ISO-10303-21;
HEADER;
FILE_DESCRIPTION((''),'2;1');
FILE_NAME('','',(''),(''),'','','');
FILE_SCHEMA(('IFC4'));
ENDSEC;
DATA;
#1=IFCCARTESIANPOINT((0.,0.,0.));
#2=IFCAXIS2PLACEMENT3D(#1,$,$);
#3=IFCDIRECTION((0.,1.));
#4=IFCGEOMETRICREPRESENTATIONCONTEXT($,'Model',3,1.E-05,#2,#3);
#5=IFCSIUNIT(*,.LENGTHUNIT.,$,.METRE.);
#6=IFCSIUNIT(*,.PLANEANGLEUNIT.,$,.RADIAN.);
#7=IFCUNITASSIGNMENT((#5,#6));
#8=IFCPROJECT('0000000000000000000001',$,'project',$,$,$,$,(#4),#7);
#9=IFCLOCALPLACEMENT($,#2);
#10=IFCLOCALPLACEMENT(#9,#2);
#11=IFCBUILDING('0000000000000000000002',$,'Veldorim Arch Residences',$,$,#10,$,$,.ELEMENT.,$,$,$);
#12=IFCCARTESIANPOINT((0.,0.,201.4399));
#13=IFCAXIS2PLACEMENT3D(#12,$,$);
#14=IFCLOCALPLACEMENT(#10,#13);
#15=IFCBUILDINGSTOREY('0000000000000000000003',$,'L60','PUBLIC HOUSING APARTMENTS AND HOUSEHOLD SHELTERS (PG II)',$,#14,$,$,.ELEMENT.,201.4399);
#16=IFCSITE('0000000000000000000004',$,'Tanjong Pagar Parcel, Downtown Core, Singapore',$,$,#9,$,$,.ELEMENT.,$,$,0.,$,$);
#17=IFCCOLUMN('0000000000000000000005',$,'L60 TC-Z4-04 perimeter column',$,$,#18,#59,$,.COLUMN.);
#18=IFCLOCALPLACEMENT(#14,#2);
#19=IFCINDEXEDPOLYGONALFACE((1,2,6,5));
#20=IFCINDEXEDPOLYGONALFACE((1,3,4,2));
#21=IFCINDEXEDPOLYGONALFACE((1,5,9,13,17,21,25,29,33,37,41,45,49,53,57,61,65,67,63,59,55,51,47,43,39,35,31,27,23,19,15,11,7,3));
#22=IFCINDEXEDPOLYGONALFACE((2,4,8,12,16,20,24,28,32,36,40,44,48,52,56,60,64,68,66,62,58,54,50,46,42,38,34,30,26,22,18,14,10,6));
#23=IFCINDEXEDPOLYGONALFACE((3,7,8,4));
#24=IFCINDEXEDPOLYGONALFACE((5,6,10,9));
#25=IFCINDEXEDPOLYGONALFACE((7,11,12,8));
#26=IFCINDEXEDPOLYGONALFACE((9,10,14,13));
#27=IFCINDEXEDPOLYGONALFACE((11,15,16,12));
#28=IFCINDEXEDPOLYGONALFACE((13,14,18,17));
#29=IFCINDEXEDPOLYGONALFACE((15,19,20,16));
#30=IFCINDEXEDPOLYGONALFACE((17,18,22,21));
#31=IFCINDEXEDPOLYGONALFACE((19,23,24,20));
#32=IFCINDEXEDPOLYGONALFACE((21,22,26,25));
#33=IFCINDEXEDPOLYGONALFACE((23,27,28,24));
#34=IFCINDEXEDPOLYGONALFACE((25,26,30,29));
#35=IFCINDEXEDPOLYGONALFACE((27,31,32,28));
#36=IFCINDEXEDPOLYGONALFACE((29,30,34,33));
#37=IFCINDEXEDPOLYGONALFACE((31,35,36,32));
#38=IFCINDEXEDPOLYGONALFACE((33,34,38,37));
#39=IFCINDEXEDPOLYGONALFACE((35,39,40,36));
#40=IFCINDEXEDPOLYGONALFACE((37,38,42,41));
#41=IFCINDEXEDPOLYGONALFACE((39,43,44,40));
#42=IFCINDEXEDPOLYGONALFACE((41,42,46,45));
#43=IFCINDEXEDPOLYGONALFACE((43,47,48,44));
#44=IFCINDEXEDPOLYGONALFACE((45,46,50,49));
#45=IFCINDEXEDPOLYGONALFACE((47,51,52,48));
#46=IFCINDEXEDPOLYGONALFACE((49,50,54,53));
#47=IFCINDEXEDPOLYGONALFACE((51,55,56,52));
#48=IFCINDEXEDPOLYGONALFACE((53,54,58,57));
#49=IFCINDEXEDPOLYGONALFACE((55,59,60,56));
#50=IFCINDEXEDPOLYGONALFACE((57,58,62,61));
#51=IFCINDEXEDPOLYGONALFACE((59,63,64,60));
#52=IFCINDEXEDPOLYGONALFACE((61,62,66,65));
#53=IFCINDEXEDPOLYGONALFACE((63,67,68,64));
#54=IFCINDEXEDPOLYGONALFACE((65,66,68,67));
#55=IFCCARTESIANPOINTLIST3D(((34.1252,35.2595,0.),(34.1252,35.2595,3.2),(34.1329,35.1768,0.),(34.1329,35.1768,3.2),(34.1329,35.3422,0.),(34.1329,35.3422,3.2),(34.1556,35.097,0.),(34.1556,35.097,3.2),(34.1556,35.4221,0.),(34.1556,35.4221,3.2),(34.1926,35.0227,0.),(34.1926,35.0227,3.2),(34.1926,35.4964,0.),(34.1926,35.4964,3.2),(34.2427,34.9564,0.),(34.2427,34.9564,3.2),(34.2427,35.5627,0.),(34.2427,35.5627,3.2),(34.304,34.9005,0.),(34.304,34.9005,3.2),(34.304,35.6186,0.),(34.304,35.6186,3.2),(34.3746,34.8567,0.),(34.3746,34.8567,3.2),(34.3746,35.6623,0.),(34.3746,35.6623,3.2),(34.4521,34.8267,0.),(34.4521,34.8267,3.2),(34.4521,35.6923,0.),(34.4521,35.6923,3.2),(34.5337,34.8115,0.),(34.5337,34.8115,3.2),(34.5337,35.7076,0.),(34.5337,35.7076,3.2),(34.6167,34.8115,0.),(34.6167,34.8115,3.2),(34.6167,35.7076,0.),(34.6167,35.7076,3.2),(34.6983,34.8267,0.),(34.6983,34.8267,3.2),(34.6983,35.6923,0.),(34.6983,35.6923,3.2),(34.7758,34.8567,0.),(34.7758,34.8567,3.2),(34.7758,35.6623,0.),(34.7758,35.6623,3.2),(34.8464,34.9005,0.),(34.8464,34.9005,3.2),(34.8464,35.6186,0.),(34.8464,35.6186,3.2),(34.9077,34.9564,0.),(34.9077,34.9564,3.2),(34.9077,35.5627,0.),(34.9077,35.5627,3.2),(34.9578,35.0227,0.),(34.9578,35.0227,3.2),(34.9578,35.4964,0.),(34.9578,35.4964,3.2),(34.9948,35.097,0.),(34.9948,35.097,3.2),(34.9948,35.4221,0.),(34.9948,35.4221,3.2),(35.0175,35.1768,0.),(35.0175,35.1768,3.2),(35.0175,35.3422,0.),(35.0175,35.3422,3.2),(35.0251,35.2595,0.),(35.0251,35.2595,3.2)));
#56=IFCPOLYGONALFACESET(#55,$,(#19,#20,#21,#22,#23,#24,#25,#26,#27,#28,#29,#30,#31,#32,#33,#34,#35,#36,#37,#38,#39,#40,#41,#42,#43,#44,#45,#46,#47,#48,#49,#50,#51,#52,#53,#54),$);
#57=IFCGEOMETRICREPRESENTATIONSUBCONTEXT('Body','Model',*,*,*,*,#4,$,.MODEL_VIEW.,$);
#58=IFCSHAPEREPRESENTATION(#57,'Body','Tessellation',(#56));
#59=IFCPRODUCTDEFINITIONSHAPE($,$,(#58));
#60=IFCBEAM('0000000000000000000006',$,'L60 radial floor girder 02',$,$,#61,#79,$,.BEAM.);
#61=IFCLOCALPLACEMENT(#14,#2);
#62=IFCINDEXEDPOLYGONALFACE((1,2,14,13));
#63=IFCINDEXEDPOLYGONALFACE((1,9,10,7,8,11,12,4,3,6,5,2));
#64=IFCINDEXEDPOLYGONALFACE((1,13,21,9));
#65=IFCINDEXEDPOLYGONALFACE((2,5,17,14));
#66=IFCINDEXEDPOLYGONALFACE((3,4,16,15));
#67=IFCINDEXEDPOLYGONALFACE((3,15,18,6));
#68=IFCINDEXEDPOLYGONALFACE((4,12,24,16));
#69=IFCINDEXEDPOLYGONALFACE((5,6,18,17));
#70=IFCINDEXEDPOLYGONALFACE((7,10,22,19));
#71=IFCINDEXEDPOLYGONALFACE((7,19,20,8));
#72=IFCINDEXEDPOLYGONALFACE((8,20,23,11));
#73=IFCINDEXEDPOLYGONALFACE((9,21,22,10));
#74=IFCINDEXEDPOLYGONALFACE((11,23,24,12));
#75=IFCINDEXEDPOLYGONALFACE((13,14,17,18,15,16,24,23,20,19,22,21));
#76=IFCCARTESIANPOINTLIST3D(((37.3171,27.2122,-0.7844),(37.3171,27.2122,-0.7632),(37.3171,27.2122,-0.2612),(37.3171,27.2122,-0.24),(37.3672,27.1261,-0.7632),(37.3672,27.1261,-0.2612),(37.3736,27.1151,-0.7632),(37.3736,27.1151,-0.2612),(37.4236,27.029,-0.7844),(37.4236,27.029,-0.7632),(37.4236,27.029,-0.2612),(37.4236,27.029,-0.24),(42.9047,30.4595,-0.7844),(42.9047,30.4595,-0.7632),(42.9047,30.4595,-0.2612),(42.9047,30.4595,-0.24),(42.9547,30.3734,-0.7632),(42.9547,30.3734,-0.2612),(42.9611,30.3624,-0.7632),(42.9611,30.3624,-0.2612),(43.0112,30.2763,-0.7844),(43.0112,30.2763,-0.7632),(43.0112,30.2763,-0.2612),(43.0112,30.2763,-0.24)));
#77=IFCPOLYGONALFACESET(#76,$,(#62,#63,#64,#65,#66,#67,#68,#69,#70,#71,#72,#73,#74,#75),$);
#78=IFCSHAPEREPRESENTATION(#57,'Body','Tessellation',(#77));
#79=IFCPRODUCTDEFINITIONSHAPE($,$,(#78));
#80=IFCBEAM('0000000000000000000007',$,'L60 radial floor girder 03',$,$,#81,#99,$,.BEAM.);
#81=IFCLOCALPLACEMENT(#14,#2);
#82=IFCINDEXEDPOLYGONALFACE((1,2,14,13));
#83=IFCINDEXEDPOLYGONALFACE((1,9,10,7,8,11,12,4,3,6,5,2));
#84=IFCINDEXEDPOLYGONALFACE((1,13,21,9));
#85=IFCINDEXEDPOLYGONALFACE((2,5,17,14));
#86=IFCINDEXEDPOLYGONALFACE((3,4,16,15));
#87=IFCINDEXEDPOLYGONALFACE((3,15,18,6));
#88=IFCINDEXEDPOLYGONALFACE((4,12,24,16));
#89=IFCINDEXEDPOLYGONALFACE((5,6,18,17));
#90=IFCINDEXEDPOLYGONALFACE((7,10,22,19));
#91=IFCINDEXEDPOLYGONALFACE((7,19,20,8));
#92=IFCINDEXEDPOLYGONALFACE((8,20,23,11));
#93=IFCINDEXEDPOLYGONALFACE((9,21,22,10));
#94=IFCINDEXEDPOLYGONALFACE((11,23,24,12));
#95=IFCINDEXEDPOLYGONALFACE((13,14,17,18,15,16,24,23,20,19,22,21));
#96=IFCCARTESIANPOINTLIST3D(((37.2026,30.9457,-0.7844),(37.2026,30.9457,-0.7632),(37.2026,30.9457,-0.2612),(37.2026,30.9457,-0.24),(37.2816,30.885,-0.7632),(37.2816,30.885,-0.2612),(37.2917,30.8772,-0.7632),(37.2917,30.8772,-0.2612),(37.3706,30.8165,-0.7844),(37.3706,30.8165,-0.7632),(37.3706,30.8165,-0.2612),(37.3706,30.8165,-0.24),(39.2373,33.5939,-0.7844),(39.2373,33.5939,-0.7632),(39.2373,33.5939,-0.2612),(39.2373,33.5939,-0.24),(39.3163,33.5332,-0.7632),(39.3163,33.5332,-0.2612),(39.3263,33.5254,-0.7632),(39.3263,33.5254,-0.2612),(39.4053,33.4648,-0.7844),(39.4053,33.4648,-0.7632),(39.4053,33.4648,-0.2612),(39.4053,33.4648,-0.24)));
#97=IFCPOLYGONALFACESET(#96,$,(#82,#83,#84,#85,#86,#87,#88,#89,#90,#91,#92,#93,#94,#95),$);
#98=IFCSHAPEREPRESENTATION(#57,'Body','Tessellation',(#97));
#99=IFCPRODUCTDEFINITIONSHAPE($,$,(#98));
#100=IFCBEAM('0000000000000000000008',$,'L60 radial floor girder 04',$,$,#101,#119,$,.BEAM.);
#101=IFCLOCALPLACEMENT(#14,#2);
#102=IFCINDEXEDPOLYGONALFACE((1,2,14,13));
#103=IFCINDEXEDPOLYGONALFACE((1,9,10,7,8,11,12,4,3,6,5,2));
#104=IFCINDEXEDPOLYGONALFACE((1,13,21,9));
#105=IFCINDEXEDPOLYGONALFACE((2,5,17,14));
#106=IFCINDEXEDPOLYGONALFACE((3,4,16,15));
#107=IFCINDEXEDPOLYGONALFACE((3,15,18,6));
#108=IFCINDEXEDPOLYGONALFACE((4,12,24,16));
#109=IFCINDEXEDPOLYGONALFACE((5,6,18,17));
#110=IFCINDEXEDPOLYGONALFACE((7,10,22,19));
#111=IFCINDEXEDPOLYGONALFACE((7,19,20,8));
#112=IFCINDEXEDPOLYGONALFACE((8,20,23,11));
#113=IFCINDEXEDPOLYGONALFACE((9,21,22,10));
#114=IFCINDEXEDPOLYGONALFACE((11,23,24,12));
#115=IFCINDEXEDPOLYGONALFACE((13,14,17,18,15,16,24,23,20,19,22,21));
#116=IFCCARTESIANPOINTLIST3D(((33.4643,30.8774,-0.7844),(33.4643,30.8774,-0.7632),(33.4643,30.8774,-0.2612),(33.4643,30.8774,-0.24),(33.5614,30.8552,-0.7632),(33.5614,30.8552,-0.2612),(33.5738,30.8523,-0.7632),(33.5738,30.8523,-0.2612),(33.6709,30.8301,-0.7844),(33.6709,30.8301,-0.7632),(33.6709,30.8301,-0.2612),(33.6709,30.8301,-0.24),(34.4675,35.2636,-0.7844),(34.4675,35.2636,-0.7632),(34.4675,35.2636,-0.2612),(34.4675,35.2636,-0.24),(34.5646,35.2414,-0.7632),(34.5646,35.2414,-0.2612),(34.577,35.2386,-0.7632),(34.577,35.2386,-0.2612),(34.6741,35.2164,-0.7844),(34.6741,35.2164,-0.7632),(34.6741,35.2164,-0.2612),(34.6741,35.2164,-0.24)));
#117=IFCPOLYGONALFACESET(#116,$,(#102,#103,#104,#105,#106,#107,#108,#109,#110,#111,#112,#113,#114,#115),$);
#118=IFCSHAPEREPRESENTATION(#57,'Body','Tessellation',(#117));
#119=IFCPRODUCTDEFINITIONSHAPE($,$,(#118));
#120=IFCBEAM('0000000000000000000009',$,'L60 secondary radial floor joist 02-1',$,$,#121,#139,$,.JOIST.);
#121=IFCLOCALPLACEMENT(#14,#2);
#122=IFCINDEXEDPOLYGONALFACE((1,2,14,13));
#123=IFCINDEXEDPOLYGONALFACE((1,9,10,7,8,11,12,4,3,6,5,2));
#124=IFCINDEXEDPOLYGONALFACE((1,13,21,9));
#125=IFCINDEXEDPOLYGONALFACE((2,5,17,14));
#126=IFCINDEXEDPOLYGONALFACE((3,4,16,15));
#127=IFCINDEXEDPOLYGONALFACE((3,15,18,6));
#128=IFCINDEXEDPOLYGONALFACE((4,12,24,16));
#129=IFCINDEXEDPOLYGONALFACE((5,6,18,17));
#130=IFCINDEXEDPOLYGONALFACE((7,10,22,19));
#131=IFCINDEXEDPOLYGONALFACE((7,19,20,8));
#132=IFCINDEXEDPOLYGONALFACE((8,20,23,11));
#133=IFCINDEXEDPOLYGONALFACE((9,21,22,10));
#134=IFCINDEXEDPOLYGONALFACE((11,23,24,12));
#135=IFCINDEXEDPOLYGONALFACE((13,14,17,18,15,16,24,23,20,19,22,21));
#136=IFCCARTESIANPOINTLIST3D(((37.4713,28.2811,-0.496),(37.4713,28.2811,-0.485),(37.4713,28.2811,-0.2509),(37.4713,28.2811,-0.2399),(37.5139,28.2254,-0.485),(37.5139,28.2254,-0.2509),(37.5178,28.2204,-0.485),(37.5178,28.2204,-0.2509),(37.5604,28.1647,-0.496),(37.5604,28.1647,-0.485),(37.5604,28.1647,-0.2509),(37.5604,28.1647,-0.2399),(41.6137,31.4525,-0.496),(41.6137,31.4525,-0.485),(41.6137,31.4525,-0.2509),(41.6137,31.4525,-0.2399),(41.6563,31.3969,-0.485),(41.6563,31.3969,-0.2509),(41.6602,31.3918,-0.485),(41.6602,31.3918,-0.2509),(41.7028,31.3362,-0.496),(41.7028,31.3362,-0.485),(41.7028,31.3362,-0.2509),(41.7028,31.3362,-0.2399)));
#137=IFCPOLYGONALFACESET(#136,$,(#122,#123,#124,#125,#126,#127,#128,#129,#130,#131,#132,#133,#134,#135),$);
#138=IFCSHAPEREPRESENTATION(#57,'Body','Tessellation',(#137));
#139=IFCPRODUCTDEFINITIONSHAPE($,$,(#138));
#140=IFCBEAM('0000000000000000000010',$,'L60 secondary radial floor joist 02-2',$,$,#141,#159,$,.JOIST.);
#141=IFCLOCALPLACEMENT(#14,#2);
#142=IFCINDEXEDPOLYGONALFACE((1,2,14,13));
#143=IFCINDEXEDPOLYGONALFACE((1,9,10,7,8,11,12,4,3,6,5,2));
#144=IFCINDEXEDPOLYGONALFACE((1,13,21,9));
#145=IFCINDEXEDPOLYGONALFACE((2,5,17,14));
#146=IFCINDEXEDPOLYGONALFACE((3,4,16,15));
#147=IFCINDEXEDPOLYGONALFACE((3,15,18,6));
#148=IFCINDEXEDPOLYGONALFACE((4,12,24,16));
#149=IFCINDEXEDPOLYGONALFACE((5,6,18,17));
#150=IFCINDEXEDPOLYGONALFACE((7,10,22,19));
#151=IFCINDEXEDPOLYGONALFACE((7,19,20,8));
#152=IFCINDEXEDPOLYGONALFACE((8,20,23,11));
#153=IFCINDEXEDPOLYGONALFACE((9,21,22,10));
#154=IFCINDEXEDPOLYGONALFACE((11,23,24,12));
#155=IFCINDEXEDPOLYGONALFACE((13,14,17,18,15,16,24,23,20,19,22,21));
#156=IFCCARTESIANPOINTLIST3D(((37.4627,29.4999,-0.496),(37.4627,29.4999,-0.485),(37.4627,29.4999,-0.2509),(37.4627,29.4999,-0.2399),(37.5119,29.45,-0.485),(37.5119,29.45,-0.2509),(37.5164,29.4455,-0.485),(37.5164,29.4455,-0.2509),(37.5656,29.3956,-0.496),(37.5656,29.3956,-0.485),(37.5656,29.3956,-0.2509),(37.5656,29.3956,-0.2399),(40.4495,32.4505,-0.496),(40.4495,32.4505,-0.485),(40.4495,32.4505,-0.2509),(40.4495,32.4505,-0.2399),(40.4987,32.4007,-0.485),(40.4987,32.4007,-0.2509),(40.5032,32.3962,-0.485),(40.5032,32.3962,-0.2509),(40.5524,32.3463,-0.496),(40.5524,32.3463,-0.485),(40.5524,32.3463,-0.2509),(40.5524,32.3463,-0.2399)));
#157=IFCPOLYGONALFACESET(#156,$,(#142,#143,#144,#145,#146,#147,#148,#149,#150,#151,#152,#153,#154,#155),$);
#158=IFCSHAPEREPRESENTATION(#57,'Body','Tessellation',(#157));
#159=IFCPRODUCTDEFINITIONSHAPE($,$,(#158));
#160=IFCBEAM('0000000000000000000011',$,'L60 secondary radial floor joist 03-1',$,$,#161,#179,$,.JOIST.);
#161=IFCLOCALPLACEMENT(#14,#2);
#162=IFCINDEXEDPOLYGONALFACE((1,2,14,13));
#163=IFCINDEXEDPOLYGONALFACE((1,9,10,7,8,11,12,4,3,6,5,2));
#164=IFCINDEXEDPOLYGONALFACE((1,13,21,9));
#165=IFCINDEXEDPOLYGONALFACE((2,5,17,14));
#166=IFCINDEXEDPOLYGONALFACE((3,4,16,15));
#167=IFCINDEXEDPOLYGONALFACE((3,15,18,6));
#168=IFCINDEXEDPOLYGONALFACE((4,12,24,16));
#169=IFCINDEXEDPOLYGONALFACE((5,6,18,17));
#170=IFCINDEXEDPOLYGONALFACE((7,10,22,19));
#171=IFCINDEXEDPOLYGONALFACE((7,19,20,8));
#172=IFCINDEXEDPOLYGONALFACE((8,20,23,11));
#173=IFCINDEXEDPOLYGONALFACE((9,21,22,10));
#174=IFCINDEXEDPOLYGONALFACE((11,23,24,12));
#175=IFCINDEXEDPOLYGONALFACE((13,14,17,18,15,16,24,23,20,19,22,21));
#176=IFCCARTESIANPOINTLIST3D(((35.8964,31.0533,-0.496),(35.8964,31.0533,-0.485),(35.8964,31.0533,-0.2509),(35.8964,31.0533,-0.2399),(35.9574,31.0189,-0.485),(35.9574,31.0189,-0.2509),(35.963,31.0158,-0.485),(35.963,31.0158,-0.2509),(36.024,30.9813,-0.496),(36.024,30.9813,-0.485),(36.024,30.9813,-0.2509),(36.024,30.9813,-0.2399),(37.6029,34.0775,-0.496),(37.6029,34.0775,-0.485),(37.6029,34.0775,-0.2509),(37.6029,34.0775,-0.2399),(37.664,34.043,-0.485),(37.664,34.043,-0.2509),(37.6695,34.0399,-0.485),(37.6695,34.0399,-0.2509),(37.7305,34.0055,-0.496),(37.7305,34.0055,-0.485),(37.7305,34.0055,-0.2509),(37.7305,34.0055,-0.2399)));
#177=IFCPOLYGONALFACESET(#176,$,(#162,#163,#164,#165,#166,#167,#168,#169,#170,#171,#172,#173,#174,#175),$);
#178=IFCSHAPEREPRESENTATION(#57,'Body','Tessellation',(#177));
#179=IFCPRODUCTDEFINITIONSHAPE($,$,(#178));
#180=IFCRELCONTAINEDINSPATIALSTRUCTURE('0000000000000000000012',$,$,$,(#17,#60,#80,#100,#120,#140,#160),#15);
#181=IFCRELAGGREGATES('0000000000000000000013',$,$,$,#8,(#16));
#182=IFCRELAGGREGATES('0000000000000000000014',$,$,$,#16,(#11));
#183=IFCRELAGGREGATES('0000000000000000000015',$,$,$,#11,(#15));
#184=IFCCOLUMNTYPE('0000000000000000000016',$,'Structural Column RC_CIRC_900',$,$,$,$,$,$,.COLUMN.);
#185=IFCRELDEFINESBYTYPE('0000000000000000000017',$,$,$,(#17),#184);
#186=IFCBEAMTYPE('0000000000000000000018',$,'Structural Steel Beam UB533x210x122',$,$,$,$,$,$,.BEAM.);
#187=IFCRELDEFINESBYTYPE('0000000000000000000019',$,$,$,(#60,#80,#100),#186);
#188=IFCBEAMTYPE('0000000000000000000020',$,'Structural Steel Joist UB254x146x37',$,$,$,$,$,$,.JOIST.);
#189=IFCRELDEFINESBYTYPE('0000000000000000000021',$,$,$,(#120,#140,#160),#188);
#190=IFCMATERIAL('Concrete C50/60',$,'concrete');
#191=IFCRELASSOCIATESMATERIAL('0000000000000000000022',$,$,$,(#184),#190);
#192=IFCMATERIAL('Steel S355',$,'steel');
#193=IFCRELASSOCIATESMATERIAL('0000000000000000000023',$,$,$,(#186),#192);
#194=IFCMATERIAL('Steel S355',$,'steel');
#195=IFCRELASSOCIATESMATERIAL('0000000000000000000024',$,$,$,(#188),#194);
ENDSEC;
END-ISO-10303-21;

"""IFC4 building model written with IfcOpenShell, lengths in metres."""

from ifc_helpers import new_model, si_unit, direction, frame, origin, origin_2d, place, context, subcontext, project, spatial, circle, i_section, extrude, material, material_profile, profile_set, type_object, element, save


model = new_model("IFC4")

# Units and contexts
model_context = context("Model", 3, precision=1e-05, world=origin(), true_north=direction((0.0, 1.0)))
body_context = subcontext(model_context, "Body", "Model", "MODEL_VIEW")
ifc_project = project(units=[si_unit("LENGTHUNIT", "METRE"), si_unit("PLANEANGLEUNIT", "RADIAN")], contexts=[model_context])

# Site, building, storey
site_placement = place(None, origin())
site = spatial("IfcSite", under=ifc_project, at=site_placement, Name="Tanjong Pagar Parcel, Downtown Core, Singapore", CompositionType="ELEMENT", RefElevation=0.0)
building_placement = place(site_placement, origin())
building = spatial("IfcBuilding", under=site, at=building_placement, Name="Veldorim Arch Residences", CompositionType="ELEMENT")
storey_placement = place(building_placement, frame((0.0, 0.0, 201.4399)))
storey = spatial("IfcBuildingStorey", under=building, at=storey_placement, Name="L60", Description="PUBLIC HOUSING APARTMENTS AND HOUSEHOLD SHELTERS (PG II)", CompositionType="ELEMENT", Elevation=201.4399)

# Column
ifc_material_1 = material(Name="Concrete C50/60", Category="concrete")
ifc_material_profile_1 = material_profile(ifc_material_1, circle(Radius=0.45, at=origin_2d()), Name="RC_CIRC_900")
ifc_profile_set_1 = profile_set([ifc_material_profile_1], Name="Concrete C50/60")
column_type = type_object("IfcColumnType", Name="Structural Column RC_CIRC_900", PredefinedType="COLUMN", material=ifc_profile_set_1)
column_placement = place(storey_placement, frame((34.5752, 35.2595, 0.0), z_axis=(0.0, 0.0, 1.0), x_axis=(1.0, 0.0, 0.0)))
element("IfcColumn", 1, at=column_placement, inside=storey, type_object=column_type, Name="L60 TC-Z4-04 perimeter column", PredefinedType="COLUMN", context=body_context, shape_type="SweptSolid", body=[
    extrude(circle(Radius=0.45, at=origin_2d()), origin(), (0.0, 0.0, 1.0), 3.2),
])

# Beams
ifc_material_2 = material(Name="Steel S355", Category="steel")
ifc_material_profile_2 = material_profile(ifc_material_2, i_section(OverallWidth=0.2119, OverallDepth=0.5444, WebThickness=0.0127, FlangeThickness=0.0212, at=origin_2d()), Name="UB533x210x122")
ifc_profile_set_2 = profile_set([ifc_material_profile_2], Name="Steel S355")
beam_type_1 = type_object("IfcBeamType", Name="Structural Steel Beam UB533x210x122", PredefinedType="BEAM", material=ifc_profile_set_2)
beam_1_placement = place(storey_placement, frame((37.3704, 27.1206, -0.5122), z_axis=(0.864596, 0.502468, 0.0), x_axis=(-0.502468, 0.864596, 0.0)))
element("IfcBeam", 2, at=beam_1_placement, inside=storey, type_object=beam_type_1, Name="L60 radial floor girder 02", PredefinedType="BEAM", context=body_context, shape_type="SweptSolid", body=[
    extrude(i_section(OverallWidth=0.2119, OverallDepth=0.5444, WebThickness=0.0127, FlangeThickness=0.0212, at=origin_2d()), origin(), (0.0, 0.0, 1.0), 6.4626),
])
beam_2_placement = place(storey_placement, frame((37.2866, 30.8811, -0.5122), z_axis=(0.609258, 0.792972, 0.0), x_axis=(-0.792972, 0.609258, 0.0)))
element("IfcBeam", 3, at=beam_2_placement, inside=storey, type_object=beam_type_1, Name="L60 radial floor girder 03", PredefinedType="BEAM", context=body_context, shape_type="SweptSolid", body=[
    extrude(i_section(OverallWidth=0.2119, OverallDepth=0.5444, WebThickness=0.0127, FlangeThickness=0.0212, at=origin_2d()), origin(), (0.0, 0.0, 1.0), 3.3396),
])
beam_3_placement = place(storey_placement, frame((33.5676, 30.8538, -0.5122), z_axis=(0.222953, 0.974829, 0.0), x_axis=(-0.974829, 0.222953, 0.0)))
element("IfcBeam", 4, at=beam_3_placement, inside=storey, type_object=beam_type_1, Name="L60 radial floor girder 04", PredefinedType="BEAM", context=body_context, shape_type="SweptSolid", body=[
    extrude(i_section(OverallWidth=0.2119, OverallDepth=0.5444, WebThickness=0.0127, FlangeThickness=0.0212, at=origin_2d()), origin(), (0.0, 0.0, 1.0), 4.4995),
])
ifc_material_3 = material(Name="Steel S355", Category="steel")
ifc_material_profile_3 = material_profile(ifc_material_3, i_section(OverallWidth=0.1465, OverallDepth=0.2561, WebThickness=0.0063, FlangeThickness=0.011, at=origin_2d()), Name="UB254x146x37")
ifc_profile_set_3 = profile_set([ifc_material_profile_3], Name="Steel S355")
beam_type_2 = type_object("IfcBeamType", Name="Structural Steel Joist UB254x146x37", PredefinedType="JOIST", material=ifc_profile_set_3)
beam_4_placement = place(storey_placement, frame((37.5159, 28.2229, -0.3679), z_axis=(0.794014, 0.6079, 0.0), x_axis=(-0.6079, 0.794014, 0.0)))
element("IfcBeam", 5, at=beam_4_placement, inside=storey, type_object=beam_type_2, Name="L60 secondary radial floor joist 02-1", PredefinedType="JOIST", context=body_context, shape_type="SweptSolid", body=[
    extrude(i_section(OverallWidth=0.1465, OverallDepth=0.2561, WebThickness=0.0063, FlangeThickness=0.011, at=origin_2d()), origin(), (0.0, 0.0, 1.0), 5.217),
])
beam_5_placement = place(storey_placement, frame((37.5142, 29.4478, -0.3679), z_axis=(0.711397, 0.702791, 0.0), x_axis=(-0.702791, 0.711397, 0.0)))
element("IfcBeam", 6, at=beam_5_placement, inside=storey, type_object=beam_type_2, Name="L60 secondary radial floor joist 02-2", PredefinedType="JOIST", context=body_context, shape_type="SweptSolid", body=[
    extrude(i_section(OverallWidth=0.1465, OverallDepth=0.2561, WebThickness=0.0063, FlangeThickness=0.011, at=origin_2d()), origin(), (0.0, 0.0, 1.0), 4.1985),
])
beam_6_placement = place(storey_placement, frame((35.9602, 31.0173, -0.3679), z_axis=(0.491452, 0.870904, 0.0), x_axis=(-0.870904, 0.491452, 0.0)))
element("IfcBeam", 7, at=beam_6_placement, inside=storey, type_object=beam_type_2, Name="L60 secondary radial floor joist 03-1", PredefinedType="JOIST", context=body_context, shape_type="SweptSolid", body=[
    extrude(i_section(OverallWidth=0.1465, OverallDepth=0.2561, WebThickness=0.0063, FlangeThickness=0.011, at=origin_2d()), origin(), (0.0, 0.0, 1.0), 3.4724),
])

save(model, "model.ifc")
